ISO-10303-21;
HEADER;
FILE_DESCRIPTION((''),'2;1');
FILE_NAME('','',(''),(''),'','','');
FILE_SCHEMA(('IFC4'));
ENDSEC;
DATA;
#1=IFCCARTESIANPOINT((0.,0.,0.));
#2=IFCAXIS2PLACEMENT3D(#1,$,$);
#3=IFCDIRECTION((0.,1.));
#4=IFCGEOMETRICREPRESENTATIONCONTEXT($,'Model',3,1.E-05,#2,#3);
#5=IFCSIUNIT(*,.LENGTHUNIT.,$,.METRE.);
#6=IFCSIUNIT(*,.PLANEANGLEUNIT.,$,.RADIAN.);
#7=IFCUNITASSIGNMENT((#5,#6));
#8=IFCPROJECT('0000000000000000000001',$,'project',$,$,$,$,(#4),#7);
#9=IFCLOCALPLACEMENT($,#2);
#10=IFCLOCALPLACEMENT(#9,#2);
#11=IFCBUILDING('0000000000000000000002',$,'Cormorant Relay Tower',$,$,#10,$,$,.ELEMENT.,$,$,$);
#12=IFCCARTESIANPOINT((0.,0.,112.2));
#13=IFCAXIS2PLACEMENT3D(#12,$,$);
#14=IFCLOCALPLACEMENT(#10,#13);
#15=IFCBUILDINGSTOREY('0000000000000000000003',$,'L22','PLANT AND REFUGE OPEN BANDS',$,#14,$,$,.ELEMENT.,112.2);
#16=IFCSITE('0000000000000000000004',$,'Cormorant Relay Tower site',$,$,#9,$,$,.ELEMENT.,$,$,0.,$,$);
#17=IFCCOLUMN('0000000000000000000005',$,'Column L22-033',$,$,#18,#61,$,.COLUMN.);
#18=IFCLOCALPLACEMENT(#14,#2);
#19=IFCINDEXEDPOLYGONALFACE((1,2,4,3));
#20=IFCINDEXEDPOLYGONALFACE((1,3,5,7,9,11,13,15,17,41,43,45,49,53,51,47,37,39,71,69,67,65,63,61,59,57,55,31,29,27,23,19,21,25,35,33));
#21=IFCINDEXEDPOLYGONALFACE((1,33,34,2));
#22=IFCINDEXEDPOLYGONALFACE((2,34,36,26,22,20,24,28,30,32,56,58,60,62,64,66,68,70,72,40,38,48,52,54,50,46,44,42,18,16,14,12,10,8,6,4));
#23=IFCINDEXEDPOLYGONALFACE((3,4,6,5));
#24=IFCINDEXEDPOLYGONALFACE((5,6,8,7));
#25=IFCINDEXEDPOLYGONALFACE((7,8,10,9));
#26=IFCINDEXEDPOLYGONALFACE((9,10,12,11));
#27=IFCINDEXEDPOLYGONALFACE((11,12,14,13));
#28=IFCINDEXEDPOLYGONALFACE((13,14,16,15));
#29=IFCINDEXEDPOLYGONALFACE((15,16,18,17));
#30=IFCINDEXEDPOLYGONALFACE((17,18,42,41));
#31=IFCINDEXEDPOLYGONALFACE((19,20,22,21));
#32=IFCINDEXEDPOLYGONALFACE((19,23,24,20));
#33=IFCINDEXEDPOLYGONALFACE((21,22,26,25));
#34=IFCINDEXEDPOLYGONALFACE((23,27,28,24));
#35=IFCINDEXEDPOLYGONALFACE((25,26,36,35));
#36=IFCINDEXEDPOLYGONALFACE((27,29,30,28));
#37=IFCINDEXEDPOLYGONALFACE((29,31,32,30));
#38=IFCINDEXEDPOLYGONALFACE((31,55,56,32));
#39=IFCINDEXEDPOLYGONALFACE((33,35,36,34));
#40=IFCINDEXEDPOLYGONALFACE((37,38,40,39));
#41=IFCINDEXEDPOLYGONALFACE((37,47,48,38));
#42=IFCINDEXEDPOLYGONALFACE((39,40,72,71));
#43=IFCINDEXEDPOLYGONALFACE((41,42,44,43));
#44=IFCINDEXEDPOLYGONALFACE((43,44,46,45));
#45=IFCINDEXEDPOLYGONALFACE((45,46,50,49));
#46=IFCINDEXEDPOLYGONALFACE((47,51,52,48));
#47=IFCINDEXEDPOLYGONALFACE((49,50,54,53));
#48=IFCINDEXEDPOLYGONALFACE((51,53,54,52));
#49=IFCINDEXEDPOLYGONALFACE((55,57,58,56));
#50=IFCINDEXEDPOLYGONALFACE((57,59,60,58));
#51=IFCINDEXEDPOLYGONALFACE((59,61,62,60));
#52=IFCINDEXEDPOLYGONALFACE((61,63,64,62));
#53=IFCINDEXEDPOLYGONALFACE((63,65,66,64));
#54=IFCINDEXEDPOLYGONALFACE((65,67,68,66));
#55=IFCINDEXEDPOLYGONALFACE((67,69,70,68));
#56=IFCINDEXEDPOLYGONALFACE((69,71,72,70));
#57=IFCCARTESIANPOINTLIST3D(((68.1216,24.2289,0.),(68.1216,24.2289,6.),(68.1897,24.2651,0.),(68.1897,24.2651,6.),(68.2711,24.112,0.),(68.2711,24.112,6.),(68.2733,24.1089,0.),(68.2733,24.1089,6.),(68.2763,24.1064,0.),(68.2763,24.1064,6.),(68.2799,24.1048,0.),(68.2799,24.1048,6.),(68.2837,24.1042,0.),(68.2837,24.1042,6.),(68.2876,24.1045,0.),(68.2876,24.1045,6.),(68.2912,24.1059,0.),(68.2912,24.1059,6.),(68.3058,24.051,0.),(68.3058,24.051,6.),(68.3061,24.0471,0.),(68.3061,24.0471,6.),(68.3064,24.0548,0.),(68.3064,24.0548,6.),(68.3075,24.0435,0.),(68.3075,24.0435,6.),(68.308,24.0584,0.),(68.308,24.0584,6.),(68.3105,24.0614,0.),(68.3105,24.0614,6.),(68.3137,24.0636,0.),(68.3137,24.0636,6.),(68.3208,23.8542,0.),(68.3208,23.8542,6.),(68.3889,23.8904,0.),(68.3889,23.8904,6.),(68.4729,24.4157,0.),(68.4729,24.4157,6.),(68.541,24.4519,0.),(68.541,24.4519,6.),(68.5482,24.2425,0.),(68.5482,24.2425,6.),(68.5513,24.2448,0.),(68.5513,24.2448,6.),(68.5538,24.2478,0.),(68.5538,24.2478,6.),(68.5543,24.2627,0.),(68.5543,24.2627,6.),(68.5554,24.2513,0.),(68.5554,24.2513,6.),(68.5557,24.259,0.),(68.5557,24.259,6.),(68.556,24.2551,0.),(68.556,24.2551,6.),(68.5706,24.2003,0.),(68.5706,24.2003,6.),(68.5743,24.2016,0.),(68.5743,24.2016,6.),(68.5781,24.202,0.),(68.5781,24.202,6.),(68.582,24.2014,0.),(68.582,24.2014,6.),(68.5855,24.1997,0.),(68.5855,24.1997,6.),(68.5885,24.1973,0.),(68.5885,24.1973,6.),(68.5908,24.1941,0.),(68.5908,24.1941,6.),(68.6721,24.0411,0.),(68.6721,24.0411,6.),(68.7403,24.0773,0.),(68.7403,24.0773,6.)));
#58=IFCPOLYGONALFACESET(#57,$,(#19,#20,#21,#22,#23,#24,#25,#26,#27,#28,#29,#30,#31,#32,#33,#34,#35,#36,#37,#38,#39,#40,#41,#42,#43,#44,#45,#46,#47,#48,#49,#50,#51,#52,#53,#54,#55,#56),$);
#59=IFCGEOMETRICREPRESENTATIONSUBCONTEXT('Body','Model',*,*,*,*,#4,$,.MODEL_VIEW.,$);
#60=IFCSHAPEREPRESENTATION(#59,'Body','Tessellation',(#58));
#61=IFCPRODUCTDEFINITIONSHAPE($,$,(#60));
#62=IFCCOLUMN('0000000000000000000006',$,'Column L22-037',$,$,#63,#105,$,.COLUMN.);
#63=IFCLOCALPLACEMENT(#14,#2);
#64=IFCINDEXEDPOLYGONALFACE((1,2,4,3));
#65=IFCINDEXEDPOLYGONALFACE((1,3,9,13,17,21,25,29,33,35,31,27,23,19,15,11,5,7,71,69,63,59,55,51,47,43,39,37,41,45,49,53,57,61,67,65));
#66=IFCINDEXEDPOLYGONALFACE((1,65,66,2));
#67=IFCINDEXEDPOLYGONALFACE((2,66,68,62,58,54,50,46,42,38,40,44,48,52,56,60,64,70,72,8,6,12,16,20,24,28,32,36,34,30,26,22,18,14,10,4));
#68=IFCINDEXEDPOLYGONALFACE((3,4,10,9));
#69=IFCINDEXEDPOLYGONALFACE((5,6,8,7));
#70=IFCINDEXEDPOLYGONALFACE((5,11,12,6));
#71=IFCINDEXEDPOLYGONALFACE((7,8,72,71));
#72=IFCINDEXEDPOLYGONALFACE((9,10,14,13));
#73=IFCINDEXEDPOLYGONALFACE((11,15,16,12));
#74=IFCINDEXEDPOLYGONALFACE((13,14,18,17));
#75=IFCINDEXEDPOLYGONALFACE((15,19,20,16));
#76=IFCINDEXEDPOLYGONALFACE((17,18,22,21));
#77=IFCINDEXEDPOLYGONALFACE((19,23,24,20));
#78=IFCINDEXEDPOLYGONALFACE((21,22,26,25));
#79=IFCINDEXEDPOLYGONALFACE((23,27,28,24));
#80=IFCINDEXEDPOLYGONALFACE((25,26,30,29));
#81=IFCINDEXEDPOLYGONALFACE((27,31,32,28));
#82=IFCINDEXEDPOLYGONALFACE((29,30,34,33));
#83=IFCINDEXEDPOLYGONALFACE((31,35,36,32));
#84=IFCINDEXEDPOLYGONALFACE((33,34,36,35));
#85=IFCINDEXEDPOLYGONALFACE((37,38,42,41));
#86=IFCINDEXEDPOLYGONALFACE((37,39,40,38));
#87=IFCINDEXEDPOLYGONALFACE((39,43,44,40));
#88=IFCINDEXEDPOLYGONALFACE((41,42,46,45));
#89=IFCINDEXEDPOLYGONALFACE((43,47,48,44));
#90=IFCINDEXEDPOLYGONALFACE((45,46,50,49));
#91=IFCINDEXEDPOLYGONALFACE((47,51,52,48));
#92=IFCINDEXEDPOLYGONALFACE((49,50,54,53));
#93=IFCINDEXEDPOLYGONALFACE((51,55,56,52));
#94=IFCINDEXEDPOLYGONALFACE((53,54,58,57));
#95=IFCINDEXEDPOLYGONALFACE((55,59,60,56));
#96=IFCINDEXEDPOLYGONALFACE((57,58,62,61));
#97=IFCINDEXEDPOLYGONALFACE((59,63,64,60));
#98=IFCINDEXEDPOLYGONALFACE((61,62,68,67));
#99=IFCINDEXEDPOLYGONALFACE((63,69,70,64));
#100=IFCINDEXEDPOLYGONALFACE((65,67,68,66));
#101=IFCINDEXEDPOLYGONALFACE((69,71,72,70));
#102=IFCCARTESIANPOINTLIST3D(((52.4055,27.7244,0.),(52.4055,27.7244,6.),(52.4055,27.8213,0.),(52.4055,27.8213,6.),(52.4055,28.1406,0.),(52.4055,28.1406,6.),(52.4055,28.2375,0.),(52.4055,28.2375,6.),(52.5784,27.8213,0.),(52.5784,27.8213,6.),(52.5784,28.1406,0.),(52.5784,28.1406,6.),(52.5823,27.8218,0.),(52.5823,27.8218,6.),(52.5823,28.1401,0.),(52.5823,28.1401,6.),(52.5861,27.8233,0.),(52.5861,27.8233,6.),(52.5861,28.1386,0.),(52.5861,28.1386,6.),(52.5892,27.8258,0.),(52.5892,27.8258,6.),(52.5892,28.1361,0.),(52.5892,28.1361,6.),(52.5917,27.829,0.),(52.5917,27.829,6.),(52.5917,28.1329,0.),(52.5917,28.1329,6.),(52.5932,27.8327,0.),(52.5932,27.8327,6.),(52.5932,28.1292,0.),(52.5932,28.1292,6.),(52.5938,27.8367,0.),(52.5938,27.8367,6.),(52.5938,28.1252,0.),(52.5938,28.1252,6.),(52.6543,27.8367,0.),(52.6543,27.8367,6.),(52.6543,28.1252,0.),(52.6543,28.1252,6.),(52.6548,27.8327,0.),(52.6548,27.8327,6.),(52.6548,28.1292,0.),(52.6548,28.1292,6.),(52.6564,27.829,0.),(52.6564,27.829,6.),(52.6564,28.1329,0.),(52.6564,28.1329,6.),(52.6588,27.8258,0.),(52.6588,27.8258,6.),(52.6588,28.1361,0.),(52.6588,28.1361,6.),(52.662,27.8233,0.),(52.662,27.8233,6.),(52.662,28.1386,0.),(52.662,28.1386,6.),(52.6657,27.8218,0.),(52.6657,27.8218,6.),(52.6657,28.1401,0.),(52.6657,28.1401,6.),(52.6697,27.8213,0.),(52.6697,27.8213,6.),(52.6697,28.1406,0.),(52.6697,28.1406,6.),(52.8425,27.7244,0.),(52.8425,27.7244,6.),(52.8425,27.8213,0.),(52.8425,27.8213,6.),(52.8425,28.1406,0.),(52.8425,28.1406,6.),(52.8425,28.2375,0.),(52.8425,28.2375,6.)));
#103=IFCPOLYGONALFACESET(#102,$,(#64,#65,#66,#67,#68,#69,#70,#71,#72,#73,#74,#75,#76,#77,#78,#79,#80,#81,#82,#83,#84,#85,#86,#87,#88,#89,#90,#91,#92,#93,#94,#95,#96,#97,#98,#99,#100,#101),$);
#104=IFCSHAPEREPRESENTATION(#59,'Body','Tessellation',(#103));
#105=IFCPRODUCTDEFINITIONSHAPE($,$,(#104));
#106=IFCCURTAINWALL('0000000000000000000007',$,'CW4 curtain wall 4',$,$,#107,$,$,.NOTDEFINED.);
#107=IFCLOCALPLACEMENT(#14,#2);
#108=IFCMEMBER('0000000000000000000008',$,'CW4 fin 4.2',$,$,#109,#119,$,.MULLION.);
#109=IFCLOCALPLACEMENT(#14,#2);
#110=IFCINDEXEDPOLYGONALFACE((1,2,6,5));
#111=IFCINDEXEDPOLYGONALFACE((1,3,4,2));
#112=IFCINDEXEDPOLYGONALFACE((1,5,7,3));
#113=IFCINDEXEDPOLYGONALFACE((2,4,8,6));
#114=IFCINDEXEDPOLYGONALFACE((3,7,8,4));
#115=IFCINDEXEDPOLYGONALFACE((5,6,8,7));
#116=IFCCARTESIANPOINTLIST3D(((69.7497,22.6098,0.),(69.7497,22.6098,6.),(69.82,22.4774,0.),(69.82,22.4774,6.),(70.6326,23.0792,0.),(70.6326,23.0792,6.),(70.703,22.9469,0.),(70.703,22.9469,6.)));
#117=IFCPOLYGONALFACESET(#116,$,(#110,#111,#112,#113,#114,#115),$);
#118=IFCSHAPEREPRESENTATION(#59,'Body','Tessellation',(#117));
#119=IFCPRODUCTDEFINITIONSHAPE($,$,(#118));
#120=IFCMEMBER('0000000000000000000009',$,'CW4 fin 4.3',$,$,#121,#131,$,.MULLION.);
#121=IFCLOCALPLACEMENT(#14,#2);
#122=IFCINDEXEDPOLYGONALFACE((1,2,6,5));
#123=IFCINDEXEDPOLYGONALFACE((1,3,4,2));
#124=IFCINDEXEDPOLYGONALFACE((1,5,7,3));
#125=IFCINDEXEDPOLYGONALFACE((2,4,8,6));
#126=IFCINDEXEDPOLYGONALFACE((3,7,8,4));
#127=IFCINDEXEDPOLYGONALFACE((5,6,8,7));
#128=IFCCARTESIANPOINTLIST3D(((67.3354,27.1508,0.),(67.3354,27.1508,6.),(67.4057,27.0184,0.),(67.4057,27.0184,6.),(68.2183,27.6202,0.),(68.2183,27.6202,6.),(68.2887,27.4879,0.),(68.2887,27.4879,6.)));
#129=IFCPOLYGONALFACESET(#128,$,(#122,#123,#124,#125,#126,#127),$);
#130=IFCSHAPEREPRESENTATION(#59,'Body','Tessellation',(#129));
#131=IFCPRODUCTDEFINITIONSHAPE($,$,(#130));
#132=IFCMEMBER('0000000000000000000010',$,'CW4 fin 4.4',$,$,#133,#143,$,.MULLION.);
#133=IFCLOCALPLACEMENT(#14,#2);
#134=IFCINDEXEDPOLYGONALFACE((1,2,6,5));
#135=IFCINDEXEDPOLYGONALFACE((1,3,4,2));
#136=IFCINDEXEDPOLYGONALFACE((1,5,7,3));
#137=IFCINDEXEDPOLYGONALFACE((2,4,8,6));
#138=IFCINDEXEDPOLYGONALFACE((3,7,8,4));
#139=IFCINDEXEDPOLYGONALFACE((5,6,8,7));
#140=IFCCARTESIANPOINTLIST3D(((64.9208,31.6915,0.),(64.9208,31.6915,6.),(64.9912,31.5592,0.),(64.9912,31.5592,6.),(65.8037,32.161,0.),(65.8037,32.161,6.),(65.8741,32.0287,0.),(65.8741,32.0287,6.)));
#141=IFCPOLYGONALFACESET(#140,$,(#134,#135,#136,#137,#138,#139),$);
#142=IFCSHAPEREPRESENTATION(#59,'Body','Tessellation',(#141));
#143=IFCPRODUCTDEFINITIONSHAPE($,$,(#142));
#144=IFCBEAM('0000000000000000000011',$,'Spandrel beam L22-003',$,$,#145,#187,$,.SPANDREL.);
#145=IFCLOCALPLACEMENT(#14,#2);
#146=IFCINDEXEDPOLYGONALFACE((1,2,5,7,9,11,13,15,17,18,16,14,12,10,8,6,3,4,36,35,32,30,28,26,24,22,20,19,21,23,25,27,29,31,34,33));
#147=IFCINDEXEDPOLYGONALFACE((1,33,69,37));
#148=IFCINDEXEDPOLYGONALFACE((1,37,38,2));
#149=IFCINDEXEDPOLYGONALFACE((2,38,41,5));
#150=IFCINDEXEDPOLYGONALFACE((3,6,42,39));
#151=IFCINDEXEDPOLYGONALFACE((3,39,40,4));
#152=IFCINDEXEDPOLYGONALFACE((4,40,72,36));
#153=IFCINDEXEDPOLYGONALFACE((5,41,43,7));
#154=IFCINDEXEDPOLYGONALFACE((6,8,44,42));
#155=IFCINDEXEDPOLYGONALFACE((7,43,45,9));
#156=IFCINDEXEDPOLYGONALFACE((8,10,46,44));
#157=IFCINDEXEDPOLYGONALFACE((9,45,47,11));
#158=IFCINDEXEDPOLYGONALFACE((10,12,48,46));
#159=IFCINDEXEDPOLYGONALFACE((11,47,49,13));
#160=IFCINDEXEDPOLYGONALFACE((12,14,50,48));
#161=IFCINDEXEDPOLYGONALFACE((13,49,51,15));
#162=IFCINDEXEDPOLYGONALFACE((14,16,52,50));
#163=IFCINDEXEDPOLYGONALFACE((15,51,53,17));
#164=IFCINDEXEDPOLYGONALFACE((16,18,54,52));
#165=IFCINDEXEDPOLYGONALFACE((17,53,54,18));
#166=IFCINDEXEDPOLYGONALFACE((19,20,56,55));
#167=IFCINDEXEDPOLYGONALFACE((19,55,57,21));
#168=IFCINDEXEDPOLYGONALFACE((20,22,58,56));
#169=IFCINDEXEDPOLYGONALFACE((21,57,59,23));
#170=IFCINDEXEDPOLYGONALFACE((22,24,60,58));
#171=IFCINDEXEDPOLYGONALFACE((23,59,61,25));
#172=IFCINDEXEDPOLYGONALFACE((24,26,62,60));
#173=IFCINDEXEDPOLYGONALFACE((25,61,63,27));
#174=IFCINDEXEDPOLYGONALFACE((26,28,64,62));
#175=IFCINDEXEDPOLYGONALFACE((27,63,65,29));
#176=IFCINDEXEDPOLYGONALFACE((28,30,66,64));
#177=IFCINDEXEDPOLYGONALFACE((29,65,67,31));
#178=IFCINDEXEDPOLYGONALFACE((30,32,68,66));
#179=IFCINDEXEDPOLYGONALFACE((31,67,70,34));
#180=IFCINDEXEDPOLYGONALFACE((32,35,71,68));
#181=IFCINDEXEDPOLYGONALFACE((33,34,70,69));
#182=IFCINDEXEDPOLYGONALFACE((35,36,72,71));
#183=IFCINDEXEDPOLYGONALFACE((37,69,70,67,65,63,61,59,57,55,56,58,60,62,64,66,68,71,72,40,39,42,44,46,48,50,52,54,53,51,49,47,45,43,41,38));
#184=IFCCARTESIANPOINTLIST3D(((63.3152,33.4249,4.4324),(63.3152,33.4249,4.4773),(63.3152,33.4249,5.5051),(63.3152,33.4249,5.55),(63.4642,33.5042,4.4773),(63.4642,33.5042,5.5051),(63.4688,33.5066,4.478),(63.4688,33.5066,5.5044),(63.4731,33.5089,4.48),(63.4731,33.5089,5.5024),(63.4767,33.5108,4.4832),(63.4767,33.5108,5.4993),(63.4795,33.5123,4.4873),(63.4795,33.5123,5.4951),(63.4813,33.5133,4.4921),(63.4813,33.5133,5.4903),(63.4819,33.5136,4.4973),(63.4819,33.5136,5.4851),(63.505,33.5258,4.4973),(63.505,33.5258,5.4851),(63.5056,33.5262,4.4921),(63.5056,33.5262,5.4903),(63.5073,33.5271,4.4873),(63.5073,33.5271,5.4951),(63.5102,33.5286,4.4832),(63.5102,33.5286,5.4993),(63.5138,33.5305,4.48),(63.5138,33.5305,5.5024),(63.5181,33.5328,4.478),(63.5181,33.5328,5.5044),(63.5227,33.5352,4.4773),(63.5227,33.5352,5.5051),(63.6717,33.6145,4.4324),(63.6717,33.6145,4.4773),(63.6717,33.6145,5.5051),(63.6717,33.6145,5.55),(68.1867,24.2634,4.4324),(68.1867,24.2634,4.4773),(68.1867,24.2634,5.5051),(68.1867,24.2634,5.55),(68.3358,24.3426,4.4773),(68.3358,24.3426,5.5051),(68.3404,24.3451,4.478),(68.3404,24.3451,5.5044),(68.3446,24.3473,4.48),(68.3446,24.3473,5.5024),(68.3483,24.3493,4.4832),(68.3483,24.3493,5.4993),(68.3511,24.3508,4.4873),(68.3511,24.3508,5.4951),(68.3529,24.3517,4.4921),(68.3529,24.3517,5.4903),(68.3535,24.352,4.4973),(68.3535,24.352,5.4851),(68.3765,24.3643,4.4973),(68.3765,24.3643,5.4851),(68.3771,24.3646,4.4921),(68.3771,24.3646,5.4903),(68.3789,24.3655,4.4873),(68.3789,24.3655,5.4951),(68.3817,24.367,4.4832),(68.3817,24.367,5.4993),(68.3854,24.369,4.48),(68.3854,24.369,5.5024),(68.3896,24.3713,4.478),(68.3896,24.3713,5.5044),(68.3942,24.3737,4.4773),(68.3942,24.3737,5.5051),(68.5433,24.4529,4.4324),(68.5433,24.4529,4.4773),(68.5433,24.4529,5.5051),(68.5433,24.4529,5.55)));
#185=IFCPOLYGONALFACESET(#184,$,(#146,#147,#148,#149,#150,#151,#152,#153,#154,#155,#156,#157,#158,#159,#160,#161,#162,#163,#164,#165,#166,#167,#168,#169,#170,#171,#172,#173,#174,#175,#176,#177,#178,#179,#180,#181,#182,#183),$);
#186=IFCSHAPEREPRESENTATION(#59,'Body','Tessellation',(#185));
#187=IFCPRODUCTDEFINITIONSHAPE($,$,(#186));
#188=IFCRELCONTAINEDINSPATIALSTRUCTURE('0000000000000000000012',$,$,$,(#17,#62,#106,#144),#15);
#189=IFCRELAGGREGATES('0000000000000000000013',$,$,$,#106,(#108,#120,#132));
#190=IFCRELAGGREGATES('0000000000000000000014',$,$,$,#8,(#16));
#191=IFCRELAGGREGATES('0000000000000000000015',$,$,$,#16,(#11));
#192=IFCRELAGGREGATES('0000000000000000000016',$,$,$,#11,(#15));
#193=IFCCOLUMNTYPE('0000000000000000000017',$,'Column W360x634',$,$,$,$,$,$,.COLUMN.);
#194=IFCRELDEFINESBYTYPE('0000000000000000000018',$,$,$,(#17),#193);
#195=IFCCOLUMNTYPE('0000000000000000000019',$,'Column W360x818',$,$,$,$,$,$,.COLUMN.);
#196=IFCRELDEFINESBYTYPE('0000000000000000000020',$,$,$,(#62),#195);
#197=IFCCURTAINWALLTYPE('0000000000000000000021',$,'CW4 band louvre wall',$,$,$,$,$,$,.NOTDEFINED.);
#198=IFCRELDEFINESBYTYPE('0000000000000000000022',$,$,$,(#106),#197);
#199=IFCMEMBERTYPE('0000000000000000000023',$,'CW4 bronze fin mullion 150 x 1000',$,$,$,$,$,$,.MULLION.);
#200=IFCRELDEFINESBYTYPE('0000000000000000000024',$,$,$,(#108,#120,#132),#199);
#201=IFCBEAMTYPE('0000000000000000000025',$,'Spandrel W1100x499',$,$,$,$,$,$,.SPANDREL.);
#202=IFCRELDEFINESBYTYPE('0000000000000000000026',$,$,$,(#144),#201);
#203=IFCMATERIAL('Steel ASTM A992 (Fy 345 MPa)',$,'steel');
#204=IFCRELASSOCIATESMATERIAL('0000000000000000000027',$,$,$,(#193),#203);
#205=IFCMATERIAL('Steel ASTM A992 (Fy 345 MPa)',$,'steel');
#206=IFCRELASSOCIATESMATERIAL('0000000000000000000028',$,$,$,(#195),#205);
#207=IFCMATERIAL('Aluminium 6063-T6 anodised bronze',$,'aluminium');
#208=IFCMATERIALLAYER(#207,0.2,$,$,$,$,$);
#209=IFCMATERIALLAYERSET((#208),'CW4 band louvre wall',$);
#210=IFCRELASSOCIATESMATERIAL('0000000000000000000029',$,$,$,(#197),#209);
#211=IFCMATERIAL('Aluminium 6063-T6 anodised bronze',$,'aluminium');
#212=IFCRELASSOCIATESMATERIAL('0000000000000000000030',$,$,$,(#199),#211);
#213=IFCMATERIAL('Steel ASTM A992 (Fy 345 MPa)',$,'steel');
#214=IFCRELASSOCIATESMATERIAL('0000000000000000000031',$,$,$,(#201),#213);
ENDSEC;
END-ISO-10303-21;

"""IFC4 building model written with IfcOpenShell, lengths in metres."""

from ifc_helpers import new_model, si_unit, direction, frame, origin, origin_2d, place, context, subcontext, project, spatial, rectangle, i_section, extrude, material, layer, layer_set, material_profile, profile_set, type_object, element, aggregate, save


model = new_model("IFC4")

# Units and contexts
model_context = context("Model", 3, precision=1e-05, world=origin(), true_north=direction((0.0, 1.0)))
body_context = subcontext(model_context, "Body", "Model", "MODEL_VIEW")
ifc_project = project(units=[si_unit("LENGTHUNIT", "METRE"), si_unit("PLANEANGLEUNIT", "RADIAN")], contexts=[model_context])

# Site, building, storey
site_placement = place(None, origin())
site = spatial("IfcSite", under=ifc_project, at=site_placement, Name="Cormorant Relay Tower site", CompositionType="ELEMENT", RefElevation=0.0)
building_placement = place(site_placement, origin())
building = spatial("IfcBuilding", under=site, at=building_placement, Name="Cormorant Relay Tower", CompositionType="ELEMENT")
storey_placement = place(building_placement, frame((0.0, 0.0, 112.2)))
storey = spatial("IfcBuildingStorey", under=building, at=storey_placement, Name="L22", Description="PLANT AND REFUGE OPEN BANDS", CompositionType="ELEMENT", Elevation=112.2)

# Columns
ifc_material_1 = material(Name="Steel ASTM A992 (Fy 345 MPa)", Category="steel")
ifc_material_profile_1 = material_profile(ifc_material_1, i_section(OverallWidth=0.4243, OverallDepth=0.4751, WebThickness=0.0479, FlangeThickness=0.0771, FilletRadius=0.0149, at=origin_2d()), Name="W360x634")
ifc_profile_set_1 = profile_set([ifc_material_profile_1], Name="Steel ASTM A992 (Fy 345 MPa)")
column_type_1 = type_object("IfcColumnType", Name="Column W360x634", PredefinedType="COLUMN", material=ifc_profile_set_1)
column_1_placement = place(storey_placement, frame((68.4309, 24.1531, 0.0), z_axis=(0.0, 0.0, 1.0), x_axis=(-0.469472, 0.882948, 0.0)))
element("IfcColumn", 1, at=column_1_placement, inside=storey, type_object=column_type_1, Name="Column L22-033", PredefinedType="COLUMN", context=body_context, shape_type="SweptSolid", body=[
    extrude(i_section(OverallWidth=0.4243, OverallDepth=0.4751, WebThickness=0.0479, FlangeThickness=0.0771, FilletRadius=0.0149, at=origin_2d()), origin(), (0.0, 0.0, 1.0), 6.0),
])
ifc_material_2 = material(Name="Steel ASTM A992 (Fy 345 MPa)", Category="steel")
ifc_material_profile_2 = material_profile(ifc_material_2, i_section(OverallWidth=0.437, OverallDepth=0.5132, WebThickness=0.0605, FlangeThickness=0.0969, FilletRadius=0.0154, at=origin_2d()), Name="W360x818")
ifc_profile_set_2 = profile_set([ifc_material_profile_2], Name="Steel ASTM A992 (Fy 345 MPa)")
column_type_2 = type_object("IfcColumnType", Name="Column W360x818", PredefinedType="COLUMN", material=ifc_profile_set_2)
column_2_placement = place(storey_placement, frame((52.624, 27.981, 0.0), z_axis=(0.0, 0.0, 1.0), x_axis=(1.0, 0.0, 0.0)))
element("IfcColumn", 2, at=column_2_placement, inside=storey, type_object=column_type_2, Name="Column L22-037", PredefinedType="COLUMN", context=body_context, shape_type="SweptSolid", body=[
    extrude(i_section(OverallWidth=0.437, OverallDepth=0.5132, WebThickness=0.0605, FlangeThickness=0.0969, FilletRadius=0.0154, at=origin_2d()), origin(), (0.0, 0.0, 1.0), 6.0),
])

# Curtain wall, members
ifc_material_3 = material(Name="Aluminium 6063-T6 anodised bronze", Category="aluminium")
ifc_layer_1 = layer(ifc_material_3, 0.2)
ifc_layer_set_1 = layer_set([ifc_layer_1], Name="CW4 band louvre wall")
curtain_wall_type = type_object("IfcCurtainWallType", Name="CW4 band louvre wall", PredefinedType="NOTDEFINED", material=ifc_layer_set_1)
curtain_wall_placement = place(storey_placement, origin())
curtain_wall = element("IfcCurtainWall", 3, at=curtain_wall_placement, inside=storey, type_object=curtain_wall_type, Name="CW4 curtain wall 4", PredefinedType="NOTDEFINED")
ifc_material_4 = material(Name="Aluminium 6063-T6 anodised bronze", Category="aluminium")
ifc_material_profile_3 = material_profile(ifc_material_4, rectangle(XDim=0.1499, YDim=1.0, at=origin_2d()), Name="AL 150x1000")
ifc_profile_set_3 = profile_set([ifc_material_profile_3], Name="Aluminium 6063-T6 anodised bronze")
member_type_1 = type_object("IfcMemberType", Name="CW4 bronze fin mullion 150 x 1000", PredefinedType="MULLION", material=ifc_profile_set_3)
member_1_placement = place(storey_placement, frame((70.2263, 22.7783, 0.0), z_axis=(0.0, 0.0, 1.0), x_axis=(-0.469472, 0.882948, 0.0)))
member_1 = element("IfcMember", 4, at=member_1_placement, type_object=member_type_1, Name="CW4 fin 4.2", PredefinedType="MULLION", context=body_context, shape_type="SweptSolid", body=[
    extrude(rectangle(XDim=0.1499, YDim=1.0, at=origin_2d()), origin(), (0.0, 0.0, 1.0), 6.0),
])
member_2_placement = place(storey_placement, frame((67.812, 27.3193, 0.0), z_axis=(0.0, 0.0, 1.0), x_axis=(-0.469472, 0.882948, 0.0)))
member_2 = element("IfcMember", 5, at=member_2_placement, type_object=member_type_1, Name="CW4 fin 4.3", PredefinedType="MULLION", context=body_context, shape_type="SweptSolid", body=[
    extrude(rectangle(XDim=0.1499, YDim=1.0, at=origin_2d()), origin(), (0.0, 0.0, 1.0), 6.0),
])
member_3_placement = place(storey_placement, frame((65.3975, 31.8601, 0.0), z_axis=(0.0, 0.0, 1.0), x_axis=(-0.469472, 0.882948, 0.0)))
member_3 = element("IfcMember", 6, at=member_3_placement, type_object=member_type_1, Name="CW4 fin 4.4", PredefinedType="MULLION", context=body_context, shape_type="SweptSolid", body=[
    extrude(rectangle(XDim=0.1499, YDim=1.0, at=origin_2d()), origin(), (0.0, 0.0, 1.0), 6.0),
])

# Beam
ifc_material_5 = material(Name="Steel ASTM A992 (Fy 345 MPa)", Category="steel")
ifc_material_profile_4 = material_profile(ifc_material_5, i_section(OverallWidth=0.4038, OverallDepth=1.1177, WebThickness=0.0261, FlangeThickness=0.0449, FilletRadius=0.02, at=origin_2d()), Name="W1100x499")
ifc_profile_set_4 = profile_set([ifc_material_profile_4], Name="Steel ASTM A992 (Fy 345 MPa)")
beam_type = type_object("IfcBeamType", Name="Spandrel W1100x499", PredefinedType="SPANDREL", material=ifc_profile_set_4)
beam_placement = place(storey_placement, frame((68.365, 24.3582, 4.9912), z_axis=(-0.469491, 0.882937, 0.0), x_axis=(-0.882937, -0.469491, 0.0)))
element("IfcBeam", 7, at=beam_placement, inside=storey, type_object=beam_type, Name="Spandrel beam L22-003", PredefinedType="SPANDREL", context=body_context, shape_type="SweptSolid", body=[
    extrude(i_section(OverallWidth=0.4038, OverallDepth=1.1177, WebThickness=0.0261, FlangeThickness=0.0449, FilletRadius=0.02, at=origin_2d()), origin(), (0.0, 0.0, 1.0), 10.3762),
])

aggregate(curtain_wall, [member_1, member_2, member_3])

save(model, "model.ifc")
